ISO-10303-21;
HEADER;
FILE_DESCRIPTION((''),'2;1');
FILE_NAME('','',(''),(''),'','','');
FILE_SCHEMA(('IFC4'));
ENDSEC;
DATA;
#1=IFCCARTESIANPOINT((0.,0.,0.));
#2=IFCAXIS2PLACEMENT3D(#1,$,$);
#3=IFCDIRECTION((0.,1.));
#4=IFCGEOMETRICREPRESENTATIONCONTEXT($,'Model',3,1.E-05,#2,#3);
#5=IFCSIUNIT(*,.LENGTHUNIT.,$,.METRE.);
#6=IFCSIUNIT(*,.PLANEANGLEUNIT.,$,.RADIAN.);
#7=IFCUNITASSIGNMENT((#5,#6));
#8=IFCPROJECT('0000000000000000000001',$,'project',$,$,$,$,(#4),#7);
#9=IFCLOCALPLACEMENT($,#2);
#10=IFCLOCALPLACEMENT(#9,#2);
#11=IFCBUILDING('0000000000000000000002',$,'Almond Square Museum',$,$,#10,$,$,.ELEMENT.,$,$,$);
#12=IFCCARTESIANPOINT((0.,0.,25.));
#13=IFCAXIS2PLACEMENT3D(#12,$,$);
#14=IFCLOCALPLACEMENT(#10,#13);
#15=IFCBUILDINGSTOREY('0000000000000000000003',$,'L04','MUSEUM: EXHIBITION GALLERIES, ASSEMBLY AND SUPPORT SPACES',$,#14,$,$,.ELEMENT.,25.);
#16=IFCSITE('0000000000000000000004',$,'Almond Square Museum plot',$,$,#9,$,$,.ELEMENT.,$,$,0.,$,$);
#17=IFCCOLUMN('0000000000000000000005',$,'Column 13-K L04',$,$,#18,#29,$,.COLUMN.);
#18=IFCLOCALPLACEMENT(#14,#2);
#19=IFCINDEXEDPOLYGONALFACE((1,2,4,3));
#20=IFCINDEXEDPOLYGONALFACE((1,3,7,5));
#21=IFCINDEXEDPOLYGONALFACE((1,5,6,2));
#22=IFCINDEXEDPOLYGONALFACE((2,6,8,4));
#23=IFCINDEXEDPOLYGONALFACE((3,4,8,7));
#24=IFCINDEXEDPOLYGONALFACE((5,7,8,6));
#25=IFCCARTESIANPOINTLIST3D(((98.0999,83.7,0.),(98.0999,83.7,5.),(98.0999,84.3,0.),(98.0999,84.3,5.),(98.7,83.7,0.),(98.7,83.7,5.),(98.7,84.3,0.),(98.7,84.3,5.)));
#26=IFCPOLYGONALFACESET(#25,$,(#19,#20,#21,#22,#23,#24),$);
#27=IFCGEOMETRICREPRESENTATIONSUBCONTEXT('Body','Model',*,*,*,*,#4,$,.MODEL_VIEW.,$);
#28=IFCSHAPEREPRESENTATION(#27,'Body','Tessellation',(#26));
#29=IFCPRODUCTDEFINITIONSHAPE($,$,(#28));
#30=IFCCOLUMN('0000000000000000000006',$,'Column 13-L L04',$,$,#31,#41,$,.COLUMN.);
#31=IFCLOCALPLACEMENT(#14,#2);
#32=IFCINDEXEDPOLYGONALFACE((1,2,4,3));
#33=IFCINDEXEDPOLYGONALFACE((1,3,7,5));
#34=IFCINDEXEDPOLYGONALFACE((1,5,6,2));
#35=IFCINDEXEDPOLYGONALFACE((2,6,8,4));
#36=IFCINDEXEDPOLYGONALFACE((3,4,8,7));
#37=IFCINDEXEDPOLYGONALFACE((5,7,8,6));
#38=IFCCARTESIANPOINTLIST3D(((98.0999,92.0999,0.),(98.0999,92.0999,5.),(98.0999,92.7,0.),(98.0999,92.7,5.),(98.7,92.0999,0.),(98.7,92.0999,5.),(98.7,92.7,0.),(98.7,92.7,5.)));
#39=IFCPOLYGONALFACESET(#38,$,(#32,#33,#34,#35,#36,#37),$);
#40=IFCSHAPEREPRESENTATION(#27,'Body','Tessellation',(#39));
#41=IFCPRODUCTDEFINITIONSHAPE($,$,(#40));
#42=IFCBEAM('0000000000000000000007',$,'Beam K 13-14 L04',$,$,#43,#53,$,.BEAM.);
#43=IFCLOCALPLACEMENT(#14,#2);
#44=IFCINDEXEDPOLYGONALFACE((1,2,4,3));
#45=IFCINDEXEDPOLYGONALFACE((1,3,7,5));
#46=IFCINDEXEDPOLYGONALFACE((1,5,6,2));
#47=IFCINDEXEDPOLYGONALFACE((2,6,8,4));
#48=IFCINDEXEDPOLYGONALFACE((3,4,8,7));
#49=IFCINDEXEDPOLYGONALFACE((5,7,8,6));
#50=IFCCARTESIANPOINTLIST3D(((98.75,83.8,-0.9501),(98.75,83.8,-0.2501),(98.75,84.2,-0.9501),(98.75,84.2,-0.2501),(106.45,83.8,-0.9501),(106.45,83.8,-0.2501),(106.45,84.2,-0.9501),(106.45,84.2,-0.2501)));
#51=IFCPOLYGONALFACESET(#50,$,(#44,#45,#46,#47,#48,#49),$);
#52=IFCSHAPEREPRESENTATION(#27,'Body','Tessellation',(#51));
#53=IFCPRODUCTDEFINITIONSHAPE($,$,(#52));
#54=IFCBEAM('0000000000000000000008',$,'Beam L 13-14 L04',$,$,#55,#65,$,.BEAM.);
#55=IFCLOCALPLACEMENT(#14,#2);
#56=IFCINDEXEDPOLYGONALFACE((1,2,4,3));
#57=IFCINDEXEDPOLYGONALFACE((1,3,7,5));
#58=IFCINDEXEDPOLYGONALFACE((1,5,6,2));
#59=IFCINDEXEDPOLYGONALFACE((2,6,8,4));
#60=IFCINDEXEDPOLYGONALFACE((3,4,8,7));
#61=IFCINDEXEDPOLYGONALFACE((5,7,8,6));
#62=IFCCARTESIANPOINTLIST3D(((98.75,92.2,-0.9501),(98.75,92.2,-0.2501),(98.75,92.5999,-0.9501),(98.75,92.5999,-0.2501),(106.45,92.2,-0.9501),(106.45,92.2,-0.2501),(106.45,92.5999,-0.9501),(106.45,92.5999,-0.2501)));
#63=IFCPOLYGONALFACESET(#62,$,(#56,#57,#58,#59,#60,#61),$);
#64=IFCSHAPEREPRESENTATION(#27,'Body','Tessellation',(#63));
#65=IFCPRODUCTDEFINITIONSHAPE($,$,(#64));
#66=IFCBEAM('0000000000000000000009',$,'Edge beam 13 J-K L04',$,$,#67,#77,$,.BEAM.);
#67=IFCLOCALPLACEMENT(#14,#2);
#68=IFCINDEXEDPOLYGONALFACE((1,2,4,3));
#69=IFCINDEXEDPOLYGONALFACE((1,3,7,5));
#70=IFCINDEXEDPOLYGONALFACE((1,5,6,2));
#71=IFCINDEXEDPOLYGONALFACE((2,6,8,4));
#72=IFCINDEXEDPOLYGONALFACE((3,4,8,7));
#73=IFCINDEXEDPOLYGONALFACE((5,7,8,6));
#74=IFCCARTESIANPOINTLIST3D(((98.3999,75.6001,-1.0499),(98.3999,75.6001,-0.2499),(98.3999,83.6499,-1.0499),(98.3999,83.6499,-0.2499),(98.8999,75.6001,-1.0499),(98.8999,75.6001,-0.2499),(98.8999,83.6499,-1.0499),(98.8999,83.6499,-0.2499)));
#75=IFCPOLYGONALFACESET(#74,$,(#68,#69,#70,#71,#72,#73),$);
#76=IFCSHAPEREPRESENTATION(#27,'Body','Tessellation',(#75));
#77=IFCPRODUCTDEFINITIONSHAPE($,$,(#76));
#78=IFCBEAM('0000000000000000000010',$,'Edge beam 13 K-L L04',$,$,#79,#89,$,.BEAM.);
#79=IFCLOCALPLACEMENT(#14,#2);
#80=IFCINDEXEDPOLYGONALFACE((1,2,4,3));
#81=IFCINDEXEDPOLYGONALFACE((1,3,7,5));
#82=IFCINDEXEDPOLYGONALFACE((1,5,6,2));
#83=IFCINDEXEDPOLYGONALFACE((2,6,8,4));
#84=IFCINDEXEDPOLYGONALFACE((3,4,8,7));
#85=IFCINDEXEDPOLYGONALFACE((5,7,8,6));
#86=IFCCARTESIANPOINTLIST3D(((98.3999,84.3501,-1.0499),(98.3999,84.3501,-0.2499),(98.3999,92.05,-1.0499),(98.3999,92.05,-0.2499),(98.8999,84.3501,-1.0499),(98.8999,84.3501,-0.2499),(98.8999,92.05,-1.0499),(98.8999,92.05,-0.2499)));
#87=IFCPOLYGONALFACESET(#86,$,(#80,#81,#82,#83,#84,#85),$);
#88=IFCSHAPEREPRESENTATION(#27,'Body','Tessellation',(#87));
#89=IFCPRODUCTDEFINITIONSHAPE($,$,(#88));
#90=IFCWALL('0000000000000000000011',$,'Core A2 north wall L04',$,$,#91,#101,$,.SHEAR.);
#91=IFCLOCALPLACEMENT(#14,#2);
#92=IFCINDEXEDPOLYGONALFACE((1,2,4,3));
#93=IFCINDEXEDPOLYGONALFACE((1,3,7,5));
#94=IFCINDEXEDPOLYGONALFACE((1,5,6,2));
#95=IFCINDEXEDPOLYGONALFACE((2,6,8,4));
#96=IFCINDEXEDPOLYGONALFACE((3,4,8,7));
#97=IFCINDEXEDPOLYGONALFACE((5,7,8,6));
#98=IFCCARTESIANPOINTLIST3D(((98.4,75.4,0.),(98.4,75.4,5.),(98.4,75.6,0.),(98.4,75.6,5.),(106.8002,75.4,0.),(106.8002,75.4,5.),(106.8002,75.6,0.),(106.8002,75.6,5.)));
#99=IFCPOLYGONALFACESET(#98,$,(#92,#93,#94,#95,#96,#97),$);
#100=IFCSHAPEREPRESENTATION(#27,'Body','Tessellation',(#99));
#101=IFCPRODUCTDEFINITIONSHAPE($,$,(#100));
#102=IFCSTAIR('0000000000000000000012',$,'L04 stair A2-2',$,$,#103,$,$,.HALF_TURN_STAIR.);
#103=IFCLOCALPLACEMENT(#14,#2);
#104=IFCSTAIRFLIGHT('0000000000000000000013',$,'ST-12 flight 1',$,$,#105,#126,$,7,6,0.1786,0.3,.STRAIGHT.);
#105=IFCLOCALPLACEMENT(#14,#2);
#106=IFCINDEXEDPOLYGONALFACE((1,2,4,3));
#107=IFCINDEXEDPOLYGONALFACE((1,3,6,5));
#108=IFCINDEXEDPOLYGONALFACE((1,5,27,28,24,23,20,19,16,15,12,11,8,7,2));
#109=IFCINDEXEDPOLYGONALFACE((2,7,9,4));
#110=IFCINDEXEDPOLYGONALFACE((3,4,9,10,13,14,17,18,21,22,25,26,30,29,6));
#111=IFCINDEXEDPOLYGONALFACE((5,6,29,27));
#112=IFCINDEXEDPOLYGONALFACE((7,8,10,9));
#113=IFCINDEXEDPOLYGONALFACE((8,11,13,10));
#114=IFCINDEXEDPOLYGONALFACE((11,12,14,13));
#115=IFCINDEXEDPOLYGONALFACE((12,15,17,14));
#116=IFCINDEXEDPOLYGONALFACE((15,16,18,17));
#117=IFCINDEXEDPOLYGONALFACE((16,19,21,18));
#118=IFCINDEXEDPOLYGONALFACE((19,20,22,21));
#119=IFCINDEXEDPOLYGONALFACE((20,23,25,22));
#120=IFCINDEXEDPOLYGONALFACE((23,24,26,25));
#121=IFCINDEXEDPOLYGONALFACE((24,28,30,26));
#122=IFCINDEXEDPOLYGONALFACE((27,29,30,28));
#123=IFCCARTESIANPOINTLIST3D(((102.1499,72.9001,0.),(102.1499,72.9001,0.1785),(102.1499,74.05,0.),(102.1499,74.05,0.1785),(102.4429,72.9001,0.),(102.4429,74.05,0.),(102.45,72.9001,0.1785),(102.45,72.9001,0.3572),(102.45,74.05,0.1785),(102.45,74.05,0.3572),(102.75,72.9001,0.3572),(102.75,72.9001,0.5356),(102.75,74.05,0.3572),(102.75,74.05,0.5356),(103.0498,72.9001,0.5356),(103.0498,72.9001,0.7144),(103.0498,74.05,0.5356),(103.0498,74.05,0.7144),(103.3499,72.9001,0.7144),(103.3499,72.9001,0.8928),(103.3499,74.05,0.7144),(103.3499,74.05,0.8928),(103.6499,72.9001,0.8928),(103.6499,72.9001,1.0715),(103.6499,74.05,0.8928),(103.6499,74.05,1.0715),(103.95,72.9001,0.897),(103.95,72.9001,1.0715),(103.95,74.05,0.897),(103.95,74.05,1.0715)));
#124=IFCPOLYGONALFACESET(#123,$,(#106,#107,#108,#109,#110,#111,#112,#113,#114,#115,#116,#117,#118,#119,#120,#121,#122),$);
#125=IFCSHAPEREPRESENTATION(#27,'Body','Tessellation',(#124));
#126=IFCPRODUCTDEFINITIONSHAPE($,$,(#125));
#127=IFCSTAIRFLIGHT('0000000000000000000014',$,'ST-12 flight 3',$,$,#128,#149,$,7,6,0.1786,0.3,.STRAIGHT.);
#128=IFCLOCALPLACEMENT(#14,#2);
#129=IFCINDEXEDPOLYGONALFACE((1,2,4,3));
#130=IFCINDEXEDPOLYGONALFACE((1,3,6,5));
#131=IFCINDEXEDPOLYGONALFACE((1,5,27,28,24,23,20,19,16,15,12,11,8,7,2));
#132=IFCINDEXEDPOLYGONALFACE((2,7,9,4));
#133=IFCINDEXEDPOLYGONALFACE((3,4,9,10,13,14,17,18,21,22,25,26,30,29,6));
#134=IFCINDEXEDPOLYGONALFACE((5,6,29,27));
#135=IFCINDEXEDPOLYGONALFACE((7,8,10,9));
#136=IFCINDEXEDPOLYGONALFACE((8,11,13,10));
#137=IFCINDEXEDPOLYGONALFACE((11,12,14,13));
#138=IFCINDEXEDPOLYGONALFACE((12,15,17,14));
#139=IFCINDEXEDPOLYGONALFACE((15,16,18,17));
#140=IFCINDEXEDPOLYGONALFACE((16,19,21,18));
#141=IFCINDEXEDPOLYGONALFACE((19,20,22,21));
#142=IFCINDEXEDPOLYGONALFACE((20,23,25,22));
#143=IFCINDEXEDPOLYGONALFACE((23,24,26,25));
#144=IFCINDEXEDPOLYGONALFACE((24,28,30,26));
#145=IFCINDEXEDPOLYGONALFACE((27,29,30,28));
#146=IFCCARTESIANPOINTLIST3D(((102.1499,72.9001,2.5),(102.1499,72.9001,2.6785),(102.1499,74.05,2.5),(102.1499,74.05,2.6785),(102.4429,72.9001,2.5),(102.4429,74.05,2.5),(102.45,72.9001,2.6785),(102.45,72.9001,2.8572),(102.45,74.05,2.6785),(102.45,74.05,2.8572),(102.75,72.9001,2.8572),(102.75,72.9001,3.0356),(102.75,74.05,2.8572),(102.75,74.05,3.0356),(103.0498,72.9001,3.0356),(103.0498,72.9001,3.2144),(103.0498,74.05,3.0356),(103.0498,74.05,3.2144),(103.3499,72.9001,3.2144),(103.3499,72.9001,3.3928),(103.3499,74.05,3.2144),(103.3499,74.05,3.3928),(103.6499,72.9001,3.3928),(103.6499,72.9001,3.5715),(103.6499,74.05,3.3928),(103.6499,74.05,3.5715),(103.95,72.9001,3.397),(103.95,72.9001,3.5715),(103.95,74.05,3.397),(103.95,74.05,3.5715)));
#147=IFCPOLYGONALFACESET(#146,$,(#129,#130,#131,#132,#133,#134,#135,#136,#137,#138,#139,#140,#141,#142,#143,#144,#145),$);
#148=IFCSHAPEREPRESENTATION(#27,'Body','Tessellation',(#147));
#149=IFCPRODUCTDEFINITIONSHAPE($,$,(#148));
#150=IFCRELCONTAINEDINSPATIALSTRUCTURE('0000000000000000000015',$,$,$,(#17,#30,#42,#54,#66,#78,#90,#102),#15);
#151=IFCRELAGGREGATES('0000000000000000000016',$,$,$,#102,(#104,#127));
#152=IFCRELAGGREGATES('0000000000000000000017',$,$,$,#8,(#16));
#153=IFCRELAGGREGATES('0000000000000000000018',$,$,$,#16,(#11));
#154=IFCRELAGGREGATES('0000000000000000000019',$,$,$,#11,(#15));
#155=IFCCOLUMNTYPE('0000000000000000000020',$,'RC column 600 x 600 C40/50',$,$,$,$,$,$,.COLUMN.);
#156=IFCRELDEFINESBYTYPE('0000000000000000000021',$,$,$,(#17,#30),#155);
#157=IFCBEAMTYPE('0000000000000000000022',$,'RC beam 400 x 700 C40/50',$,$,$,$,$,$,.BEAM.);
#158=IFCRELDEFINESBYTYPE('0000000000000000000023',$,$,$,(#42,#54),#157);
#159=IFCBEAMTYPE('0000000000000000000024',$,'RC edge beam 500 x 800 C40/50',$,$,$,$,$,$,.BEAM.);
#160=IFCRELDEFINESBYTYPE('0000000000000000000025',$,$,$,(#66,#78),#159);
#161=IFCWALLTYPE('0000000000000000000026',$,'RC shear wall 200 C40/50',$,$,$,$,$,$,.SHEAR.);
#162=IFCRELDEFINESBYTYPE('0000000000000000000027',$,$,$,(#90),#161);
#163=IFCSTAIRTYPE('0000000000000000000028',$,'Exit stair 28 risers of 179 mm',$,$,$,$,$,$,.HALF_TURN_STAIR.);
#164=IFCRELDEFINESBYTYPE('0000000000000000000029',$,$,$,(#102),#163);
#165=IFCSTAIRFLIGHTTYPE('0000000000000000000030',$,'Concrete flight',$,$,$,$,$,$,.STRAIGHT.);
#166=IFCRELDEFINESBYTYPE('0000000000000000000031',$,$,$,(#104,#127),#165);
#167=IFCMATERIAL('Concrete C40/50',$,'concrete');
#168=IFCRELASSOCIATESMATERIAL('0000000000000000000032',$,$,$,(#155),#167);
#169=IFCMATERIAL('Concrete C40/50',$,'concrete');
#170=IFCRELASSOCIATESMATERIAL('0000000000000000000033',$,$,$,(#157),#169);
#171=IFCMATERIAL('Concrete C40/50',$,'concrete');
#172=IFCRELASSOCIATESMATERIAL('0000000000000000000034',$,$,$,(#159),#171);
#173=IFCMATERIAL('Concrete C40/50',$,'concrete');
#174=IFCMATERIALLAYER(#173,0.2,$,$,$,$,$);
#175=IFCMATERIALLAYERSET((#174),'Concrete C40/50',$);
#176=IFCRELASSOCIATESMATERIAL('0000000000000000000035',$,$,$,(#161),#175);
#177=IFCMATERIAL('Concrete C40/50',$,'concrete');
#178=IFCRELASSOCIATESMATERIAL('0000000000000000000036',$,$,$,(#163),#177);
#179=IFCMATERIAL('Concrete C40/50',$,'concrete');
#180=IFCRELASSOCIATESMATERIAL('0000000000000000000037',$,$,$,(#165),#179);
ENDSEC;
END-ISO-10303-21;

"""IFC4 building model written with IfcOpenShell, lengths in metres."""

from ifc_helpers import new_model, si_unit, direction, frame, frame_2d, origin, origin_2d, place, context, subcontext, project, spatial, polyline, rectangle, outline, extrude, material, layer, layer_set, material_profile, profile_set, type_object, element, aggregate, save


model = new_model("IFC4")

# Units and contexts
model_context = context("Model", 3, precision=1e-05, world=origin(), true_north=direction((0.0, 1.0)))
body_context = subcontext(model_context, "Body", "Model", "MODEL_VIEW")
ifc_project = project(units=[si_unit("LENGTHUNIT", "METRE"), si_unit("PLANEANGLEUNIT", "RADIAN")], contexts=[model_context])

# Site, building, storey
site_placement = place(None, origin())
site = spatial("IfcSite", under=ifc_project, at=site_placement, Name="Almond Square Museum plot", CompositionType="ELEMENT", RefElevation=0.0)
building_placement = place(site_placement, origin())
building = spatial("IfcBuilding", under=site, at=building_placement, Name="Almond Square Museum", CompositionType="ELEMENT")
storey_placement = place(building_placement, frame((0.0, 0.0, 25.0)))
storey = spatial("IfcBuildingStorey", under=building, at=storey_placement, Name="L04", Description="MUSEUM: EXHIBITION GALLERIES, ASSEMBLY AND SUPPORT SPACES", CompositionType="ELEMENT", Elevation=25.0)

# Columns
ifc_material_1 = material(Name="Concrete C40/50", Category="concrete")
ifc_material_profile_1 = material_profile(ifc_material_1, rectangle(XDim=0.6001, YDim=0.6001, at=origin_2d()))
ifc_profile_set_1 = profile_set([ifc_material_profile_1], Name="Concrete C40/50")
column_type = type_object("IfcColumnType", Name="RC column 600 x 600 C40/50", PredefinedType="COLUMN", material=ifc_profile_set_1)
for number, where, z_axis, x_axis, name in (
    (1, (98.3999, 84.0, 0.0), (0.0, 0.0, 1.0), (1.0, 0.0, 0.0), "Column 13-K L04"),
    (2, (98.3999, 92.3999, 0.0), (0.0, 0.0, 1.0), (1.0, 0.0, 0.0), "Column 13-L L04"),
):
    element("IfcColumn", number, at=place(storey_placement, frame(where, z_axis=z_axis, x_axis=x_axis)), inside=storey, type_object=column_type, Name=name, PredefinedType="COLUMN", context=body_context, shape_type="SweptSolid", body=[
        extrude(rectangle(XDim=0.6001, YDim=0.6001, at=origin_2d()), origin(), (0.0, 0.0, 1.0), 5.0),
    ])

# Beams
ifc_material_2 = material(Name="Concrete C40/50", Category="concrete")
ifc_material_profile_2 = material_profile(ifc_material_2, rectangle(XDim=0.3999, YDim=0.7, at=origin_2d()))
ifc_profile_set_2 = profile_set([ifc_material_profile_2], Name="Concrete C40/50")
beam_type_1 = type_object("IfcBeamType", Name="RC beam 400 x 700 C40/50", PredefinedType="BEAM", material=ifc_profile_set_2)
for number, where, z_axis, x_axis, name in (
    (3, (98.75, 84.0, -0.6001), (1.0, 0.0, 0.0), (0.0, 1.0, 0.0), "Beam K 13-14 L04"),
    (4, (98.75, 92.3999, -0.6001), (1.0, 0.0, 0.0), (0.0, 1.0, 0.0), "Beam L 13-14 L04"),
):
    element("IfcBeam", number, at=place(storey_placement, frame(where, z_axis=z_axis, x_axis=x_axis)), inside=storey, type_object=beam_type_1, Name=name, PredefinedType="BEAM", context=body_context, shape_type="SweptSolid", body=[
        extrude(rectangle(XDim=0.3999, YDim=0.7, at=origin_2d()), origin(), (0.0, 0.0, 1.0), 7.7),
    ])
ifc_material_3 = material(Name="Concrete C40/50", Category="concrete")
ifc_material_profile_3 = material_profile(ifc_material_3, rectangle(XDim=0.5, YDim=0.8, at=origin_2d()))
ifc_profile_set_3 = profile_set([ifc_material_profile_3], Name="Concrete C40/50")
beam_type_2 = type_object("IfcBeamType", Name="RC edge beam 500 x 800 C40/50", PredefinedType="BEAM", material=ifc_profile_set_3)
beam_1_placement = place(storey_placement, frame((98.6499, 75.6001, -0.6499), z_axis=(0.0, 1.0, 0.0), x_axis=(-1.0, 0.0, 0.0)))
element("IfcBeam", 5, at=beam_1_placement, inside=storey, type_object=beam_type_2, Name="Edge beam 13 J-K L04", PredefinedType="BEAM", context=body_context, shape_type="SweptSolid", body=[
    extrude(rectangle(XDim=0.5, YDim=0.8, at=origin_2d()), origin(), (0.0, 0.0, 1.0), 8.0498),
])
beam_2_placement = place(storey_placement, frame((98.6499, 84.3501, -0.6499), z_axis=(0.0, 1.0, 0.0), x_axis=(-1.0, 0.0, 0.0)))
element("IfcBeam", 6, at=beam_2_placement, inside=storey, type_object=beam_type_2, Name="Edge beam 13 K-L L04", PredefinedType="BEAM", context=body_context, shape_type="SweptSolid", body=[
    extrude(rectangle(XDim=0.5, YDim=0.8, at=origin_2d()), origin(), (0.0, 0.0, 1.0), 7.7),
])

# Wall
ifc_material_4 = material(Name="Concrete C40/50", Category="concrete")
ifc_layer = layer(ifc_material_4, 0.2)
ifc_layer_set = layer_set([ifc_layer], Name="Concrete C40/50")
wall_type = type_object("IfcWallType", Name="RC shear wall 200 C40/50", PredefinedType="SHEAR", material=ifc_layer_set)
wall_placement = place(storey_placement, frame((98.3999, 75.5, 0.0), z_axis=(0.0, 0.0, 1.0), x_axis=(1.0, 0.0, 0.0)))
element("IfcWall", 7, at=wall_placement, inside=storey, type_object=wall_type, Name="Core A2 north wall L04", PredefinedType="SHEAR", context=body_context, shape_type="SweptSolid", body=[
    extrude(rectangle(XDim=8.4001, YDim=0.2, at=frame_2d((4.2002, 0.0))), origin(), (0.0, 0.0, 1.0), 5.0),
])

# Stair, stair flights
ifc_material_5 = material(Name="Concrete C40/50", Category="concrete")
stair_type = type_object("IfcStairType", Name="Exit stair 28 risers of 179 mm", PredefinedType="HALF_TURN_STAIR", material=ifc_material_5)
stair_placement = place(storey_placement, origin())
stair = element("IfcStair", 8, at=stair_placement, inside=storey, type_object=stair_type, Name="L04 stair A2-2", PredefinedType="HALF_TURN_STAIR")
ifc_material_6 = material(Name="Concrete C40/50", Category="concrete")
stair_flight_type = type_object("IfcStairFlightType", Name="Concrete flight", PredefinedType="STRAIGHT", material=ifc_material_6)
stair_flight_1_placement = place(storey_placement, frame((102.1499, 73.4751, 0.0), z_axis=(0.0, 0.0, 1.0), x_axis=(1.0, 0.0, 0.0)))
stair_flight_1 = element("IfcStairFlight", 9, at=stair_flight_1_placement, type_object=stair_flight_type, Name="ST-12 flight 1", NumberOfRisers=7, NumberOfTreads=6, PredefinedType="STRAIGHT", RiserHeight=0.1786, TreadLength=0.3, context=body_context, shape_type="SweptSolid", body=[
    extrude(outline(polyline([(0.0, 0.0), (0.0, 0.1785), (0.3, 0.1785), (0.3, 0.3572), (0.6001, 0.3572), (0.6001, 0.5356), (0.8999, 0.5356), (0.8999, 0.7144), (1.2, 0.7144), (1.2, 0.8928), (1.5, 0.8928), (1.5, 1.0715), (1.8, 1.0715), (1.8, 1.25), (1.8, 0.897), (0.293, 0.0), (0.0, 0.0)])), frame((0.0, 0.575, 0.0), z_axis=(0.0, -1.0, 0.0), x_axis=(1.0, 0.0, 0.0)), (0.0, 0.0, 1.0), 1.1499),
])
stair_flight_2_placement = place(storey_placement, frame((102.1499, 73.4751, 2.5), z_axis=(0.0, 0.0, 1.0), x_axis=(1.0, 0.0, 0.0)))
stair_flight_2 = element("IfcStairFlight", 10, at=stair_flight_2_placement, type_object=stair_flight_type, Name="ST-12 flight 3", NumberOfRisers=7, NumberOfTreads=6, PredefinedType="STRAIGHT", RiserHeight=0.1786, TreadLength=0.3, context=body_context, shape_type="SweptSolid", body=[
    extrude(outline(polyline([(0.0, 0.0), (0.0, 0.1785), (0.3, 0.1785), (0.3, 0.3572), (0.6001, 0.3572), (0.6001, 0.5356), (0.8999, 0.5356), (0.8999, 0.7144), (1.2, 0.7144), (1.2, 0.8928), (1.5, 0.8928), (1.5, 1.0715), (1.8, 1.0715), (1.8, 1.25), (1.8, 0.897), (0.293, 0.0), (0.0, 0.0)])), frame((0.0, 0.575, 0.0), z_axis=(0.0, -1.0, 0.0), x_axis=(1.0, 0.0, 0.0)), (0.0, 0.0, 1.0), 1.1499),
])
aggregate(stair, [stair_flight_1, stair_flight_2])

save(model, "model.ifc")
